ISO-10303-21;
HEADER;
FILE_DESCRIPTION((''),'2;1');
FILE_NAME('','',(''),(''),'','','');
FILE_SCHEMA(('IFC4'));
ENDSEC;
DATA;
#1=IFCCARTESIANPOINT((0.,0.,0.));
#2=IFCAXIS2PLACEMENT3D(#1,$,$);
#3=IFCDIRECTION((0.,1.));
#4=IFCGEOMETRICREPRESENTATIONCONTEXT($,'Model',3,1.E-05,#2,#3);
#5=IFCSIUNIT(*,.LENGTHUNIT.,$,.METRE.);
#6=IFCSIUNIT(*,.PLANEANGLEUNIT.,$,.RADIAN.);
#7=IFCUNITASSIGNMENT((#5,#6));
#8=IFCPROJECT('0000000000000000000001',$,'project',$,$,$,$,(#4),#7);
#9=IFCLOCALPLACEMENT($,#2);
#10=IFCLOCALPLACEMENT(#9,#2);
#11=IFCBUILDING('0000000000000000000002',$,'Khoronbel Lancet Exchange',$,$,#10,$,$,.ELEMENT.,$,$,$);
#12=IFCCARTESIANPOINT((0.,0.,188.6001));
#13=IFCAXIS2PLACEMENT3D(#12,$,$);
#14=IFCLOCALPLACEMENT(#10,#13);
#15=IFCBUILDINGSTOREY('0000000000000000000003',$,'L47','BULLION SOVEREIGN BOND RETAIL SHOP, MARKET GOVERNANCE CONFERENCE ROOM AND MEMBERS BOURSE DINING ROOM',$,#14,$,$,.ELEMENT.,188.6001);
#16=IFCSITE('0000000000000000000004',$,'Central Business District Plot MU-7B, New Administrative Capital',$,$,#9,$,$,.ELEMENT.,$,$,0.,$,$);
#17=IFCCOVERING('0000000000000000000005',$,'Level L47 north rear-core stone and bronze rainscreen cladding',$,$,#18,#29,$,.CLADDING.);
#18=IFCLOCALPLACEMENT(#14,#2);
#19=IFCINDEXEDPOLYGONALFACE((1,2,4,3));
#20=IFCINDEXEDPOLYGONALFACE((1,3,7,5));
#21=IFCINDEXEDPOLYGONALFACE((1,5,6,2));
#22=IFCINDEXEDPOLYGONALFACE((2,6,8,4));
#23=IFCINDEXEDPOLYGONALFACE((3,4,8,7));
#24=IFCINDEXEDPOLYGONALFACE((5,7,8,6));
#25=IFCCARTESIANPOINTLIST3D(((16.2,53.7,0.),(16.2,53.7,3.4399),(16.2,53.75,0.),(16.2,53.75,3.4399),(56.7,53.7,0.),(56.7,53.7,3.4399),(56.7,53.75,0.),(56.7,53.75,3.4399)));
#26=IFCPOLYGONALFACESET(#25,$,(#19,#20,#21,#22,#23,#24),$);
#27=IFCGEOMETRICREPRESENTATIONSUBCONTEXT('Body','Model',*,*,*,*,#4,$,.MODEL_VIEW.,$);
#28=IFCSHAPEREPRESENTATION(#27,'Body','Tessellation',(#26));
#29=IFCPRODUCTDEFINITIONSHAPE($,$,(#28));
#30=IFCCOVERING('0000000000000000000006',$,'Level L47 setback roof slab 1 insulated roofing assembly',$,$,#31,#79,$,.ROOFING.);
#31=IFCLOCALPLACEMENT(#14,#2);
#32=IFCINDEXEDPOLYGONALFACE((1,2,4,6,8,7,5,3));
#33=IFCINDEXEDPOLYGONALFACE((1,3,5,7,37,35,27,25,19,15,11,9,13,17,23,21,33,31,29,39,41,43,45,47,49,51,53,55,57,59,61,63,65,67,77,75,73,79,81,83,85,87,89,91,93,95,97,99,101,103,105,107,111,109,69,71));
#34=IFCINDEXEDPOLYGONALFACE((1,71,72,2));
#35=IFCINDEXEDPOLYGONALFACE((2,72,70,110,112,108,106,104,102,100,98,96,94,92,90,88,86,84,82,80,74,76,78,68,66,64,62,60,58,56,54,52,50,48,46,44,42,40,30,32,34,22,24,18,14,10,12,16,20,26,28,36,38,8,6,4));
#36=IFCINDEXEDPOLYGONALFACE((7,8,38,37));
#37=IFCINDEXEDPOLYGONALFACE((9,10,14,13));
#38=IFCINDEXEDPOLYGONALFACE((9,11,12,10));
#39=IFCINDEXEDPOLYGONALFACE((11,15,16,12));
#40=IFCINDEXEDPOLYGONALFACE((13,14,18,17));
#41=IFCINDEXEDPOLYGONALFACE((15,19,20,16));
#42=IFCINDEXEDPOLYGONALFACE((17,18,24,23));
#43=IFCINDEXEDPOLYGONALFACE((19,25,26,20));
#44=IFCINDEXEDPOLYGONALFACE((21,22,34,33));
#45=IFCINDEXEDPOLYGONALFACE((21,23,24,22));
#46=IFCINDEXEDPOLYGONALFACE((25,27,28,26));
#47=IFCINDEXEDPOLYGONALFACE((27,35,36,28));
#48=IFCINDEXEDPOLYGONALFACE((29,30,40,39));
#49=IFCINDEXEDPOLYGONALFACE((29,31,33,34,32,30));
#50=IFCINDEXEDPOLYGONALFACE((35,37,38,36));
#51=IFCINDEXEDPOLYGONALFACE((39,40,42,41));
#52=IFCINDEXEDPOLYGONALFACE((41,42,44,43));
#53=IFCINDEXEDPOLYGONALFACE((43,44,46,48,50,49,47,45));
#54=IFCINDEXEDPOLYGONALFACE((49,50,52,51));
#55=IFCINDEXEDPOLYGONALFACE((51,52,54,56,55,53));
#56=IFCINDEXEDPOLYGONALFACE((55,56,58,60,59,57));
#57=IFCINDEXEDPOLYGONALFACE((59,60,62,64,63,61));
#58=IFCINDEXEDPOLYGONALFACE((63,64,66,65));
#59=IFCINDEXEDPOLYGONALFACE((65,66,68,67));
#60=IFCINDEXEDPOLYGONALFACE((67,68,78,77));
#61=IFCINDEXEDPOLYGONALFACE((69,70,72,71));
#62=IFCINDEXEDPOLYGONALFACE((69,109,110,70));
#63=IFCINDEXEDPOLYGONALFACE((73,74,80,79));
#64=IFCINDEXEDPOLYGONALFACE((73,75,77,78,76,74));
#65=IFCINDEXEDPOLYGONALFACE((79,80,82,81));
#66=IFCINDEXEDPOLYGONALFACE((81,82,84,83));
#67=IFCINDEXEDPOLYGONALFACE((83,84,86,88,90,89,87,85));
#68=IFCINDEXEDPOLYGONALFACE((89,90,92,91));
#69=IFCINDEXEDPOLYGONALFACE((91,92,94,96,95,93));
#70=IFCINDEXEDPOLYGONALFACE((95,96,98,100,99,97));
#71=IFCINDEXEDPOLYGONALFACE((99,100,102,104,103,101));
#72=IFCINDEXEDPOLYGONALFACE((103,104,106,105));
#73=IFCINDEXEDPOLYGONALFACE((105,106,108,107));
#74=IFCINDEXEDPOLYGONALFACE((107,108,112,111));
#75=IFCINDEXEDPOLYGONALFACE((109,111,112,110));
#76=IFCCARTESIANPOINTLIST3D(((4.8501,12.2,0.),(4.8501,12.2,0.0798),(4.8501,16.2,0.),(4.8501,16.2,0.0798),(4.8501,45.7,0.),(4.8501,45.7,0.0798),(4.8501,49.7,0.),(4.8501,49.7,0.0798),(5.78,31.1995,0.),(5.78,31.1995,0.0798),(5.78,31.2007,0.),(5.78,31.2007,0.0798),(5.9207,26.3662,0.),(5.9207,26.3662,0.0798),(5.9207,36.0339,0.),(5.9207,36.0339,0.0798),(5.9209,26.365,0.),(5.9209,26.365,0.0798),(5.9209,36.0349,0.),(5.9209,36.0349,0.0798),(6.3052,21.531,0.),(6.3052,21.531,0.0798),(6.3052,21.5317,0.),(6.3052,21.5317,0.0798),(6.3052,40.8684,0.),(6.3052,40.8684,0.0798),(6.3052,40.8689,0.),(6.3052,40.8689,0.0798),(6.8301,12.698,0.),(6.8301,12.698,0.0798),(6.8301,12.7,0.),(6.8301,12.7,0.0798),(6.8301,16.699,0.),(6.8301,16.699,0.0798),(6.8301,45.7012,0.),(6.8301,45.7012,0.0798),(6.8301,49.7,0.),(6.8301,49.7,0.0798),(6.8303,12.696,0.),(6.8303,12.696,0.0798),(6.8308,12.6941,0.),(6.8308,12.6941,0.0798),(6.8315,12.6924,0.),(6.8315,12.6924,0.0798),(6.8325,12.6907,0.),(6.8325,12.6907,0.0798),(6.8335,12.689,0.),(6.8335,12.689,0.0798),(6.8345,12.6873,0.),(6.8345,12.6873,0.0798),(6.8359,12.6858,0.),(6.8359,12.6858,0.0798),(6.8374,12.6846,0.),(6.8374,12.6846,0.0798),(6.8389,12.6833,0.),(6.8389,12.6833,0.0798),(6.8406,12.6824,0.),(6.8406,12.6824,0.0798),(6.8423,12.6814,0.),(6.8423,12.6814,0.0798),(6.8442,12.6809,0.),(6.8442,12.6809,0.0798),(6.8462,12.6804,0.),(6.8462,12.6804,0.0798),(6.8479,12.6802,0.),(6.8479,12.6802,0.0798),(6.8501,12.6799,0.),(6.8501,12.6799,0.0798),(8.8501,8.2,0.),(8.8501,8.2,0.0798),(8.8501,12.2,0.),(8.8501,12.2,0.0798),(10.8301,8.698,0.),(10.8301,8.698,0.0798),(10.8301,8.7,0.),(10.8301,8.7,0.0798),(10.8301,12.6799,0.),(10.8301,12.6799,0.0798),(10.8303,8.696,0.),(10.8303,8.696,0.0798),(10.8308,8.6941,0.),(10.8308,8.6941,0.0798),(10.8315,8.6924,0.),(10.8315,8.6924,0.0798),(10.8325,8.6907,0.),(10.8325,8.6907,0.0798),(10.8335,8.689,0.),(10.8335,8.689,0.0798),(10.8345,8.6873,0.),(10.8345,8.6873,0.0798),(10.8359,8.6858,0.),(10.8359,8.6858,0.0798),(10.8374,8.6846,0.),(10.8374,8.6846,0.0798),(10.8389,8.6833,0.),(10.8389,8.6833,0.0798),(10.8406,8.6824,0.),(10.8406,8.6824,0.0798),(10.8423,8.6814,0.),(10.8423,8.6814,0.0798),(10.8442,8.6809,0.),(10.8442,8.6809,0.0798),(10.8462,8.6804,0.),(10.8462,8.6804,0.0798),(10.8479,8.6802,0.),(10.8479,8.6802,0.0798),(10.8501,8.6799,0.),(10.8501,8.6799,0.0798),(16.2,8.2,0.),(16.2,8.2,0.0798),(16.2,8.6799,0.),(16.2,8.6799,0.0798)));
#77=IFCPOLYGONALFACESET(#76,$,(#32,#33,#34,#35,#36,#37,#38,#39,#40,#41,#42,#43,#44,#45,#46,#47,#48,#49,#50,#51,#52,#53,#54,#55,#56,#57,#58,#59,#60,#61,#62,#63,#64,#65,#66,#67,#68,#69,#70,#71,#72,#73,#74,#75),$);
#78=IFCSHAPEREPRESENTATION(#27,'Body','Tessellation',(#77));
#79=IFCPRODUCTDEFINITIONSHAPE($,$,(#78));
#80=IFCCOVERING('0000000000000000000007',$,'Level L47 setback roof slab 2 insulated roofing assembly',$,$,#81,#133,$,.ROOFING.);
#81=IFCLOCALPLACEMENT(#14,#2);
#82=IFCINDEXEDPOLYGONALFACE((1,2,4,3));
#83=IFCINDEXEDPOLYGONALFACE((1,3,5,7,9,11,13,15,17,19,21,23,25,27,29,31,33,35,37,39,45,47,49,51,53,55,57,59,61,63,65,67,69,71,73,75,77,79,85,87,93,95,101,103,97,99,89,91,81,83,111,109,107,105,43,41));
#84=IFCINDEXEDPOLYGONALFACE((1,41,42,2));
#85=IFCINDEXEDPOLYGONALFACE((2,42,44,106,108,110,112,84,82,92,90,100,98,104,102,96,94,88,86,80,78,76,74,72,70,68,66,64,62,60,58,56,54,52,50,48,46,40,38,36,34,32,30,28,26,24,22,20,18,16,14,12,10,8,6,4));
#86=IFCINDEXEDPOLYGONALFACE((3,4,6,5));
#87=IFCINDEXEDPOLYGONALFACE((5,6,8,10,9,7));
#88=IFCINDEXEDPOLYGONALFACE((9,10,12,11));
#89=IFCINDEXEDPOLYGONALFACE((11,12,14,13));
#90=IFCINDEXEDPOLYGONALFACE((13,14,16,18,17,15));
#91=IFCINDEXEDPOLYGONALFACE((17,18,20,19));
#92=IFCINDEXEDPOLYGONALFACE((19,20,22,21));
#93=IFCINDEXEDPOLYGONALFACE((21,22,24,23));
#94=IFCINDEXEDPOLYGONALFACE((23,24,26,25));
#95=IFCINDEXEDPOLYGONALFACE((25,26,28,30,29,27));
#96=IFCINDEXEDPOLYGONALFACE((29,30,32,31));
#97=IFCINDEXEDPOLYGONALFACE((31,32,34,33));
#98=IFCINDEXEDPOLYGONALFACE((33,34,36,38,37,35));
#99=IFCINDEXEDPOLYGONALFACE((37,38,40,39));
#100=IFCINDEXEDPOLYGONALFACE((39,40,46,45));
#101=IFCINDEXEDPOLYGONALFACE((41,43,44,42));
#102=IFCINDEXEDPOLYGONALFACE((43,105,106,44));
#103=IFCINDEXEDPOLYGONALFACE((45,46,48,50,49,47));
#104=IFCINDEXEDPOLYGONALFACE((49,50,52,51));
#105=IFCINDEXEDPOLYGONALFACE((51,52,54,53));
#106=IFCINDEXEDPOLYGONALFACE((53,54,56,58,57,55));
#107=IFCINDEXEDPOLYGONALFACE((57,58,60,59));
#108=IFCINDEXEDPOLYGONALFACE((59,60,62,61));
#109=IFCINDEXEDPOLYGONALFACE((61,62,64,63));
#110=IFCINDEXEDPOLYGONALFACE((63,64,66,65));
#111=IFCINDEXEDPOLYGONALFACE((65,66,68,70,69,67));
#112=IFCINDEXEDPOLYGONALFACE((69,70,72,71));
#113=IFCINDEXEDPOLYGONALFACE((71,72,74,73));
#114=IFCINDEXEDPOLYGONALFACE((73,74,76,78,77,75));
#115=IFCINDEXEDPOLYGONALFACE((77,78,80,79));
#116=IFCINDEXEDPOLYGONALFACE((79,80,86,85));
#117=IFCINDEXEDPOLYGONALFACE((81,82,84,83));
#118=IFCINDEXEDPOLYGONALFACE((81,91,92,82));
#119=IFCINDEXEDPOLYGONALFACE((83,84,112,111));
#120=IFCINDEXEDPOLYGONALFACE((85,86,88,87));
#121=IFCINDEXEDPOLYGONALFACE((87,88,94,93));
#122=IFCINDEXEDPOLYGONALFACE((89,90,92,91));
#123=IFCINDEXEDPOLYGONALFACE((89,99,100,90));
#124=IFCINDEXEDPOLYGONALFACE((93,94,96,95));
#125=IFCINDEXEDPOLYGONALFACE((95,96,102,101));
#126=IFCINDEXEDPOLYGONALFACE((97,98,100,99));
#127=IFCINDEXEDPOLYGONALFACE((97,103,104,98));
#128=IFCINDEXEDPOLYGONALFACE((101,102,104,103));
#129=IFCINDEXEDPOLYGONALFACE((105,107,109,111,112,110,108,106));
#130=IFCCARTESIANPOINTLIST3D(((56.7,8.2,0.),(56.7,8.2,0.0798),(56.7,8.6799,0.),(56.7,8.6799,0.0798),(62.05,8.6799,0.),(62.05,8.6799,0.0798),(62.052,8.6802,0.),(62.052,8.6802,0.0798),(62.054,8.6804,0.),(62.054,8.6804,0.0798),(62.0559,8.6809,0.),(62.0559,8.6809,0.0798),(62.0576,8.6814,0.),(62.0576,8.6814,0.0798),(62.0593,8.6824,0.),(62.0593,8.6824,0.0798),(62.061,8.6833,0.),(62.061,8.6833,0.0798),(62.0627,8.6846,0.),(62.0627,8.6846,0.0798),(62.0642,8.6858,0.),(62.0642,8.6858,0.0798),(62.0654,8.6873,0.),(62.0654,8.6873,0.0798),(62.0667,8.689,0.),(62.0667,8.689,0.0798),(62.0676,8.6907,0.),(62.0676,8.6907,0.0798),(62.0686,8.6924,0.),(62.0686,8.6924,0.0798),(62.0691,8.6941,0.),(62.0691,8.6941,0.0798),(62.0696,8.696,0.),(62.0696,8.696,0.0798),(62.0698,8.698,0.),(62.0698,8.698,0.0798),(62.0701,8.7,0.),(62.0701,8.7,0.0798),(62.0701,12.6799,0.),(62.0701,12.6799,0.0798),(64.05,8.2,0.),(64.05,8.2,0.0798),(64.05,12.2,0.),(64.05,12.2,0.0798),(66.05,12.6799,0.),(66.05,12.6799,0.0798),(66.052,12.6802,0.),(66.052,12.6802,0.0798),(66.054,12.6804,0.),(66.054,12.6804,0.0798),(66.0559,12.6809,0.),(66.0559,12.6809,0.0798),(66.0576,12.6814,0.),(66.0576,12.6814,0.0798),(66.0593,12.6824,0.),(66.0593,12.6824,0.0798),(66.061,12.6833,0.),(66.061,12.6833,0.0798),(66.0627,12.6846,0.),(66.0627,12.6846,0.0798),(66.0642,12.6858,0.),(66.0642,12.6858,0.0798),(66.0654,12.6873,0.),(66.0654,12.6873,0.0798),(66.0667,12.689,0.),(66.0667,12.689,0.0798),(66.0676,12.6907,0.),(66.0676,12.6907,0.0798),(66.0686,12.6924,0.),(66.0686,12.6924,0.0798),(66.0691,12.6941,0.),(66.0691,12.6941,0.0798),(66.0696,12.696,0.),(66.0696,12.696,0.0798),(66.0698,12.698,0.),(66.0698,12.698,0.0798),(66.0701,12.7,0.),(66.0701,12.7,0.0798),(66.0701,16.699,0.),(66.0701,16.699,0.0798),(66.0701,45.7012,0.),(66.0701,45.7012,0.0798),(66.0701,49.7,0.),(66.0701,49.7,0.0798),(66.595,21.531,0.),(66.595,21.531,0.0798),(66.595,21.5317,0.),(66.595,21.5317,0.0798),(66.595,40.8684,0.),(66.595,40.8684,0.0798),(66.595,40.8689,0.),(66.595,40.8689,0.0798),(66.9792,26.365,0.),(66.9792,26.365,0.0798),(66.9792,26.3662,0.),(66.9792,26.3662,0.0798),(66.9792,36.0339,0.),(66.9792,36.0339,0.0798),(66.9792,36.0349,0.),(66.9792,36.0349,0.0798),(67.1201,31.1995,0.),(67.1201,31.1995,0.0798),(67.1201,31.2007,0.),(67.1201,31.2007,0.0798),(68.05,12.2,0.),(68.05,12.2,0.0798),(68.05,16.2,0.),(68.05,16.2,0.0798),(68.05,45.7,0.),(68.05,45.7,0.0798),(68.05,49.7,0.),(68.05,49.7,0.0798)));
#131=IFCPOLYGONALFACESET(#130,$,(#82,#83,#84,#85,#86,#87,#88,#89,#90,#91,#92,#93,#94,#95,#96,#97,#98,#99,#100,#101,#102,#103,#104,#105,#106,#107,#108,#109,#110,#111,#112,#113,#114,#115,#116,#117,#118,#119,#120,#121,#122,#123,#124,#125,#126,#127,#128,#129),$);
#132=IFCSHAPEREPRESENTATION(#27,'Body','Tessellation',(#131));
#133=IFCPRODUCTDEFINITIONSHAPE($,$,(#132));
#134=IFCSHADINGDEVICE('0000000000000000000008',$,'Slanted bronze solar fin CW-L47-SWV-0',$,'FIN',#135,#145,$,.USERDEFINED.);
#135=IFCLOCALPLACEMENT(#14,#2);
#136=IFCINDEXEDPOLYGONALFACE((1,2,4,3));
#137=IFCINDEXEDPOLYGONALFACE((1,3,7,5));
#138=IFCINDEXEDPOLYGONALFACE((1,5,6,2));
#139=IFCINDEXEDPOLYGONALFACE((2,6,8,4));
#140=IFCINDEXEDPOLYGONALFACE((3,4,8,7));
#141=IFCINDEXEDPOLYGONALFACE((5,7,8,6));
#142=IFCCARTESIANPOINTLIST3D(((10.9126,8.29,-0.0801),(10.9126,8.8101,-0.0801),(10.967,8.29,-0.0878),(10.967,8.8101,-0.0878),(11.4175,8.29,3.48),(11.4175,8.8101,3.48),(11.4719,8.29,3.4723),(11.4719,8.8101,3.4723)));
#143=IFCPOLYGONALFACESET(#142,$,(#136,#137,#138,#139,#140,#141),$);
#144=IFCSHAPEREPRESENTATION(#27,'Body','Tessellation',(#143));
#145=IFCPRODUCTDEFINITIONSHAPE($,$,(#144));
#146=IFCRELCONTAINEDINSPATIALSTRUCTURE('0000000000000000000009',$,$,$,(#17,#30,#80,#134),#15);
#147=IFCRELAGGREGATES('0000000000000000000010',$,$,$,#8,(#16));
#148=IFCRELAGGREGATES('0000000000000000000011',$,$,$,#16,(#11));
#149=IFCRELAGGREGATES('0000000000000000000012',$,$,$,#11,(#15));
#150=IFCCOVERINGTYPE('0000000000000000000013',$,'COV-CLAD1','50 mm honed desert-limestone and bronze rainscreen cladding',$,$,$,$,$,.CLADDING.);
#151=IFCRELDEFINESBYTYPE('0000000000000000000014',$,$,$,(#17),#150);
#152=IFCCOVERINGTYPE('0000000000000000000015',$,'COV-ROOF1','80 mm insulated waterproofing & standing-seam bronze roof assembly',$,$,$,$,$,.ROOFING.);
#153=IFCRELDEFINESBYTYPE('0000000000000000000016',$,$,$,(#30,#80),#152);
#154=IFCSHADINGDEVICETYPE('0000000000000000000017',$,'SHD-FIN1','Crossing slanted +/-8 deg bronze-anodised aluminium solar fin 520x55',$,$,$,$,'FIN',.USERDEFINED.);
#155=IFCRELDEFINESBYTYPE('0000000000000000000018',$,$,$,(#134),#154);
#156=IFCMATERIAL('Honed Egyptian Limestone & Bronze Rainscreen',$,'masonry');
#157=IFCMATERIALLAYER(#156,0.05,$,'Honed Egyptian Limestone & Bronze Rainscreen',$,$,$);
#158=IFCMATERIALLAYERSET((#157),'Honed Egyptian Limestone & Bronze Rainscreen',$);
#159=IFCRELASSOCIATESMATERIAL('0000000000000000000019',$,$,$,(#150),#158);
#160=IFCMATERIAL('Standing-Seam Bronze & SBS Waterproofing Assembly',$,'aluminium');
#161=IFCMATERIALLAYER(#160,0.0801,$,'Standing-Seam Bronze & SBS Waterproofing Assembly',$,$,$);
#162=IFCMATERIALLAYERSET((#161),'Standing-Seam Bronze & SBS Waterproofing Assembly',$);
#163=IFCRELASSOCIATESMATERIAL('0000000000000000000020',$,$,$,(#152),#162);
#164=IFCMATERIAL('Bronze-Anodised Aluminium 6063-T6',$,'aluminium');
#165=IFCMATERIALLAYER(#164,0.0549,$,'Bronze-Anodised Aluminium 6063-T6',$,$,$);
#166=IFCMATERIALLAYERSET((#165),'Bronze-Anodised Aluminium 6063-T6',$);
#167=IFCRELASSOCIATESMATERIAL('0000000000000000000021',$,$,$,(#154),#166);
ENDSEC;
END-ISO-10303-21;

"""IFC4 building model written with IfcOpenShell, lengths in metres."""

from ifc_helpers import new_model, si_unit, direction, frame, origin, place, context, subcontext, project, spatial, polyline, outline, extrude, material, layer, layer_set, type_object, element, save


model = new_model("IFC4")

# Units and contexts
model_context = context("Model", 3, precision=1e-05, world=origin(), true_north=direction((0.0, 1.0)))
body_context = subcontext(model_context, "Body", "Model", "MODEL_VIEW")
ifc_project = project(units=[si_unit("LENGTHUNIT", "METRE"), si_unit("PLANEANGLEUNIT", "RADIAN")], contexts=[model_context])

# Site, building, storey
site_placement = place(None, origin())
site = spatial("IfcSite", under=ifc_project, at=site_placement, Name="Central Business District Plot MU-7B, New Administrative Capital", CompositionType="ELEMENT", RefElevation=0.0)
building_placement = place(site_placement, origin())
building = spatial("IfcBuilding", under=site, at=building_placement, Name="Khoronbel Lancet Exchange", CompositionType="ELEMENT")
storey_placement = place(building_placement, frame((0.0, 0.0, 188.6001)))
storey = spatial("IfcBuildingStorey", under=building, at=storey_placement, Name="L47", Description="BULLION SOVEREIGN BOND RETAIL SHOP, MARKET GOVERNANCE CONFERENCE ROOM AND MEMBERS BOURSE DINING ROOM", CompositionType="ELEMENT", Elevation=188.6001)

# Shared definitions
ifc_material_1 = material(Name="Bronze-Anodised Aluminium 6063-T6", Category="aluminium")

# Coverings
ifc_material_2 = material(Name="Honed Egyptian Limestone & Bronze Rainscreen", Category="masonry")
ifc_layer_1 = layer(ifc_material_2, 0.05, Name="Honed Egyptian Limestone & Bronze Rainscreen")
ifc_layer_set_1 = layer_set([ifc_layer_1], Name="Honed Egyptian Limestone & Bronze Rainscreen")
covering_type_1 = type_object("IfcCoveringType", Name="COV-CLAD1", Description="50 mm honed desert-limestone and bronze rainscreen cladding", PredefinedType="CLADDING", material=ifc_layer_set_1)
covering_1_placement = place(storey_placement, origin())
element("IfcCovering", 1, at=covering_1_placement, inside=storey, type_object=covering_type_1, Name="Level L47 north rear-core stone and bronze rainscreen cladding", PredefinedType="CLADDING", context=body_context, shape_type="SweptSolid", body=[
    extrude(outline(polyline([(16.2, 53.7), (56.7, 53.7), (56.7, 53.75), (16.2, 53.75), (16.2, 53.7)])), origin(), (0.0, 0.0, 1.0), 3.4399),
])
ifc_material_3 = material(Name="Standing-Seam Bronze & SBS Waterproofing Assembly", Category="aluminium")
ifc_layer_2 = layer(ifc_material_3, 0.0801, Name="Standing-Seam Bronze & SBS Waterproofing Assembly")
ifc_layer_set_2 = layer_set([ifc_layer_2], Name="Standing-Seam Bronze & SBS Waterproofing Assembly")
covering_type_2 = type_object("IfcCoveringType", Name="COV-ROOF1", Description="80 mm insulated waterproofing & standing-seam bronze roof assembly", PredefinedType="ROOFING", material=ifc_layer_set_2)
covering_2_placement = place(storey_placement, origin())
element("IfcCovering", 2, at=covering_2_placement, inside=storey, type_object=covering_type_2, Name="Level L47 setback roof slab 1 insulated roofing assembly", PredefinedType="ROOFING", context=body_context, shape_type="SweptSolid", body=[
    extrude(outline(polyline([(8.8501, 8.2), (8.8501, 12.2), (4.8501, 12.2), (4.8501, 16.2), (4.8501, 45.7), (4.8501, 49.7), (6.8301, 49.7), (6.8301, 45.7012), (6.3052, 40.8689), (6.3052, 40.8684), (5.9209, 36.0349), (5.9207, 36.0339), (5.78, 31.2007), (5.78, 31.1995), (5.9207, 26.3662), (5.9209, 26.365), (6.3052, 21.5317), (6.3052, 21.531), (6.8301, 16.699), (6.8301, 12.7), (6.8301, 12.698), (6.8303, 12.696), (6.8308, 12.6941), (6.8315, 12.6924), (6.8325, 12.6907), (6.8335, 12.689), (6.8345, 12.6873), (6.8359, 12.6858), (6.8374, 12.6846), (6.8389, 12.6833), (6.8406, 12.6824), (6.8423, 12.6814), (6.8442, 12.6809), (6.8462, 12.6804), (6.8479, 12.6802), (6.8501, 12.6799), (10.8301, 12.6799), (10.8301, 8.7), (10.8301, 8.698), (10.8303, 8.696), (10.8308, 8.6941), (10.8315, 8.6924), (10.8325, 8.6907), (10.8335, 8.689), (10.8345, 8.6873), (10.8359, 8.6858), (10.8374, 8.6846), (10.8389, 8.6833), (10.8406, 8.6824), (10.8423, 8.6814), (10.8442, 8.6809), (10.8462, 8.6804), (10.8479, 8.6802), (10.8501, 8.6799), (16.2, 8.6799), (16.2, 8.2), (8.8501, 8.2)])), origin(), (0.0, 0.0, 1.0), 0.0798),
])
covering_3_placement = place(storey_placement, origin())
element("IfcCovering", 3, at=covering_3_placement, inside=storey, type_object=covering_type_2, Name="Level L47 setback roof slab 2 insulated roofing assembly", PredefinedType="ROOFING", context=body_context, shape_type="SweptSolid", body=[
    extrude(outline(polyline([(68.05, 45.7), (68.05, 16.2), (68.05, 12.2), (64.05, 12.2), (64.05, 8.2), (56.7, 8.2), (56.7, 8.6799), (62.05, 8.6799), (62.052, 8.6802), (62.054, 8.6804), (62.0559, 8.6809), (62.0576, 8.6814), (62.0593, 8.6824), (62.061, 8.6833), (62.0627, 8.6846), (62.0642, 8.6858), (62.0654, 8.6873), (62.0667, 8.689), (62.0676, 8.6907), (62.0686, 8.6924), (62.0691, 8.6941), (62.0696, 8.696), (62.0698, 8.698), (62.0701, 8.7), (62.0701, 12.6799), (66.05, 12.6799), (66.052, 12.6802), (66.054, 12.6804), (66.0559, 12.6809), (66.0576, 12.6814), (66.0593, 12.6824), (66.061, 12.6833), (66.0627, 12.6846), (66.0642, 12.6858), (66.0654, 12.6873), (66.0667, 12.689), (66.0676, 12.6907), (66.0686, 12.6924), (66.0691, 12.6941), (66.0696, 12.696), (66.0698, 12.698), (66.0701, 12.7), (66.0701, 16.699), (66.595, 21.531), (66.595, 21.5317), (66.9792, 26.365), (66.9792, 26.3662), (67.1201, 31.1995), (67.1201, 31.2007), (66.9792, 36.0339), (66.9792, 36.0349), (66.595, 40.8684), (66.595, 40.8689), (66.0701, 45.7012), (66.0701, 49.7), (68.05, 49.7), (68.05, 45.7)])), origin(), (0.0, 0.0, 1.0), 0.0798),
])

# Shading device
ifc_layer_3 = layer(ifc_material_1, 0.0549, Name="Bronze-Anodised Aluminium 6063-T6")
ifc_layer_set_3 = layer_set([ifc_layer_3], Name="Bronze-Anodised Aluminium 6063-T6")
shading_device_type = type_object("IfcShadingDeviceType", Name="SHD-FIN1", Description="Crossing slanted +/-8 deg bronze-anodised aluminium solar fin 520x55", ElementType="FIN", PredefinedType="USERDEFINED", material=ifc_layer_set_3)
shading_device_placement = place(storey_placement, frame((10.9126, 8.8101, -0.0801), z_axis=(-0.990093, 0.0, 0.140414), x_axis=(0.0, -1.0, 0.0)))
element("IfcShadingDevice", 4, at=shading_device_placement, inside=storey, type_object=shading_device_type, Name="Slanted bronze solar fin CW-L47-SWV-0", ObjectType="FIN", PredefinedType="USERDEFINED", context=body_context, shape_type="SweptSolid", body=[
    extrude(outline(polyline([(0.0, 0.0), (0.52, 0.0), (0.52, 3.5957), (0.0, 3.5957), (0.0, 0.0)])), origin(), (0.0, 0.0, -1.0), 0.0549),
])

save(model, "model.ifc")
